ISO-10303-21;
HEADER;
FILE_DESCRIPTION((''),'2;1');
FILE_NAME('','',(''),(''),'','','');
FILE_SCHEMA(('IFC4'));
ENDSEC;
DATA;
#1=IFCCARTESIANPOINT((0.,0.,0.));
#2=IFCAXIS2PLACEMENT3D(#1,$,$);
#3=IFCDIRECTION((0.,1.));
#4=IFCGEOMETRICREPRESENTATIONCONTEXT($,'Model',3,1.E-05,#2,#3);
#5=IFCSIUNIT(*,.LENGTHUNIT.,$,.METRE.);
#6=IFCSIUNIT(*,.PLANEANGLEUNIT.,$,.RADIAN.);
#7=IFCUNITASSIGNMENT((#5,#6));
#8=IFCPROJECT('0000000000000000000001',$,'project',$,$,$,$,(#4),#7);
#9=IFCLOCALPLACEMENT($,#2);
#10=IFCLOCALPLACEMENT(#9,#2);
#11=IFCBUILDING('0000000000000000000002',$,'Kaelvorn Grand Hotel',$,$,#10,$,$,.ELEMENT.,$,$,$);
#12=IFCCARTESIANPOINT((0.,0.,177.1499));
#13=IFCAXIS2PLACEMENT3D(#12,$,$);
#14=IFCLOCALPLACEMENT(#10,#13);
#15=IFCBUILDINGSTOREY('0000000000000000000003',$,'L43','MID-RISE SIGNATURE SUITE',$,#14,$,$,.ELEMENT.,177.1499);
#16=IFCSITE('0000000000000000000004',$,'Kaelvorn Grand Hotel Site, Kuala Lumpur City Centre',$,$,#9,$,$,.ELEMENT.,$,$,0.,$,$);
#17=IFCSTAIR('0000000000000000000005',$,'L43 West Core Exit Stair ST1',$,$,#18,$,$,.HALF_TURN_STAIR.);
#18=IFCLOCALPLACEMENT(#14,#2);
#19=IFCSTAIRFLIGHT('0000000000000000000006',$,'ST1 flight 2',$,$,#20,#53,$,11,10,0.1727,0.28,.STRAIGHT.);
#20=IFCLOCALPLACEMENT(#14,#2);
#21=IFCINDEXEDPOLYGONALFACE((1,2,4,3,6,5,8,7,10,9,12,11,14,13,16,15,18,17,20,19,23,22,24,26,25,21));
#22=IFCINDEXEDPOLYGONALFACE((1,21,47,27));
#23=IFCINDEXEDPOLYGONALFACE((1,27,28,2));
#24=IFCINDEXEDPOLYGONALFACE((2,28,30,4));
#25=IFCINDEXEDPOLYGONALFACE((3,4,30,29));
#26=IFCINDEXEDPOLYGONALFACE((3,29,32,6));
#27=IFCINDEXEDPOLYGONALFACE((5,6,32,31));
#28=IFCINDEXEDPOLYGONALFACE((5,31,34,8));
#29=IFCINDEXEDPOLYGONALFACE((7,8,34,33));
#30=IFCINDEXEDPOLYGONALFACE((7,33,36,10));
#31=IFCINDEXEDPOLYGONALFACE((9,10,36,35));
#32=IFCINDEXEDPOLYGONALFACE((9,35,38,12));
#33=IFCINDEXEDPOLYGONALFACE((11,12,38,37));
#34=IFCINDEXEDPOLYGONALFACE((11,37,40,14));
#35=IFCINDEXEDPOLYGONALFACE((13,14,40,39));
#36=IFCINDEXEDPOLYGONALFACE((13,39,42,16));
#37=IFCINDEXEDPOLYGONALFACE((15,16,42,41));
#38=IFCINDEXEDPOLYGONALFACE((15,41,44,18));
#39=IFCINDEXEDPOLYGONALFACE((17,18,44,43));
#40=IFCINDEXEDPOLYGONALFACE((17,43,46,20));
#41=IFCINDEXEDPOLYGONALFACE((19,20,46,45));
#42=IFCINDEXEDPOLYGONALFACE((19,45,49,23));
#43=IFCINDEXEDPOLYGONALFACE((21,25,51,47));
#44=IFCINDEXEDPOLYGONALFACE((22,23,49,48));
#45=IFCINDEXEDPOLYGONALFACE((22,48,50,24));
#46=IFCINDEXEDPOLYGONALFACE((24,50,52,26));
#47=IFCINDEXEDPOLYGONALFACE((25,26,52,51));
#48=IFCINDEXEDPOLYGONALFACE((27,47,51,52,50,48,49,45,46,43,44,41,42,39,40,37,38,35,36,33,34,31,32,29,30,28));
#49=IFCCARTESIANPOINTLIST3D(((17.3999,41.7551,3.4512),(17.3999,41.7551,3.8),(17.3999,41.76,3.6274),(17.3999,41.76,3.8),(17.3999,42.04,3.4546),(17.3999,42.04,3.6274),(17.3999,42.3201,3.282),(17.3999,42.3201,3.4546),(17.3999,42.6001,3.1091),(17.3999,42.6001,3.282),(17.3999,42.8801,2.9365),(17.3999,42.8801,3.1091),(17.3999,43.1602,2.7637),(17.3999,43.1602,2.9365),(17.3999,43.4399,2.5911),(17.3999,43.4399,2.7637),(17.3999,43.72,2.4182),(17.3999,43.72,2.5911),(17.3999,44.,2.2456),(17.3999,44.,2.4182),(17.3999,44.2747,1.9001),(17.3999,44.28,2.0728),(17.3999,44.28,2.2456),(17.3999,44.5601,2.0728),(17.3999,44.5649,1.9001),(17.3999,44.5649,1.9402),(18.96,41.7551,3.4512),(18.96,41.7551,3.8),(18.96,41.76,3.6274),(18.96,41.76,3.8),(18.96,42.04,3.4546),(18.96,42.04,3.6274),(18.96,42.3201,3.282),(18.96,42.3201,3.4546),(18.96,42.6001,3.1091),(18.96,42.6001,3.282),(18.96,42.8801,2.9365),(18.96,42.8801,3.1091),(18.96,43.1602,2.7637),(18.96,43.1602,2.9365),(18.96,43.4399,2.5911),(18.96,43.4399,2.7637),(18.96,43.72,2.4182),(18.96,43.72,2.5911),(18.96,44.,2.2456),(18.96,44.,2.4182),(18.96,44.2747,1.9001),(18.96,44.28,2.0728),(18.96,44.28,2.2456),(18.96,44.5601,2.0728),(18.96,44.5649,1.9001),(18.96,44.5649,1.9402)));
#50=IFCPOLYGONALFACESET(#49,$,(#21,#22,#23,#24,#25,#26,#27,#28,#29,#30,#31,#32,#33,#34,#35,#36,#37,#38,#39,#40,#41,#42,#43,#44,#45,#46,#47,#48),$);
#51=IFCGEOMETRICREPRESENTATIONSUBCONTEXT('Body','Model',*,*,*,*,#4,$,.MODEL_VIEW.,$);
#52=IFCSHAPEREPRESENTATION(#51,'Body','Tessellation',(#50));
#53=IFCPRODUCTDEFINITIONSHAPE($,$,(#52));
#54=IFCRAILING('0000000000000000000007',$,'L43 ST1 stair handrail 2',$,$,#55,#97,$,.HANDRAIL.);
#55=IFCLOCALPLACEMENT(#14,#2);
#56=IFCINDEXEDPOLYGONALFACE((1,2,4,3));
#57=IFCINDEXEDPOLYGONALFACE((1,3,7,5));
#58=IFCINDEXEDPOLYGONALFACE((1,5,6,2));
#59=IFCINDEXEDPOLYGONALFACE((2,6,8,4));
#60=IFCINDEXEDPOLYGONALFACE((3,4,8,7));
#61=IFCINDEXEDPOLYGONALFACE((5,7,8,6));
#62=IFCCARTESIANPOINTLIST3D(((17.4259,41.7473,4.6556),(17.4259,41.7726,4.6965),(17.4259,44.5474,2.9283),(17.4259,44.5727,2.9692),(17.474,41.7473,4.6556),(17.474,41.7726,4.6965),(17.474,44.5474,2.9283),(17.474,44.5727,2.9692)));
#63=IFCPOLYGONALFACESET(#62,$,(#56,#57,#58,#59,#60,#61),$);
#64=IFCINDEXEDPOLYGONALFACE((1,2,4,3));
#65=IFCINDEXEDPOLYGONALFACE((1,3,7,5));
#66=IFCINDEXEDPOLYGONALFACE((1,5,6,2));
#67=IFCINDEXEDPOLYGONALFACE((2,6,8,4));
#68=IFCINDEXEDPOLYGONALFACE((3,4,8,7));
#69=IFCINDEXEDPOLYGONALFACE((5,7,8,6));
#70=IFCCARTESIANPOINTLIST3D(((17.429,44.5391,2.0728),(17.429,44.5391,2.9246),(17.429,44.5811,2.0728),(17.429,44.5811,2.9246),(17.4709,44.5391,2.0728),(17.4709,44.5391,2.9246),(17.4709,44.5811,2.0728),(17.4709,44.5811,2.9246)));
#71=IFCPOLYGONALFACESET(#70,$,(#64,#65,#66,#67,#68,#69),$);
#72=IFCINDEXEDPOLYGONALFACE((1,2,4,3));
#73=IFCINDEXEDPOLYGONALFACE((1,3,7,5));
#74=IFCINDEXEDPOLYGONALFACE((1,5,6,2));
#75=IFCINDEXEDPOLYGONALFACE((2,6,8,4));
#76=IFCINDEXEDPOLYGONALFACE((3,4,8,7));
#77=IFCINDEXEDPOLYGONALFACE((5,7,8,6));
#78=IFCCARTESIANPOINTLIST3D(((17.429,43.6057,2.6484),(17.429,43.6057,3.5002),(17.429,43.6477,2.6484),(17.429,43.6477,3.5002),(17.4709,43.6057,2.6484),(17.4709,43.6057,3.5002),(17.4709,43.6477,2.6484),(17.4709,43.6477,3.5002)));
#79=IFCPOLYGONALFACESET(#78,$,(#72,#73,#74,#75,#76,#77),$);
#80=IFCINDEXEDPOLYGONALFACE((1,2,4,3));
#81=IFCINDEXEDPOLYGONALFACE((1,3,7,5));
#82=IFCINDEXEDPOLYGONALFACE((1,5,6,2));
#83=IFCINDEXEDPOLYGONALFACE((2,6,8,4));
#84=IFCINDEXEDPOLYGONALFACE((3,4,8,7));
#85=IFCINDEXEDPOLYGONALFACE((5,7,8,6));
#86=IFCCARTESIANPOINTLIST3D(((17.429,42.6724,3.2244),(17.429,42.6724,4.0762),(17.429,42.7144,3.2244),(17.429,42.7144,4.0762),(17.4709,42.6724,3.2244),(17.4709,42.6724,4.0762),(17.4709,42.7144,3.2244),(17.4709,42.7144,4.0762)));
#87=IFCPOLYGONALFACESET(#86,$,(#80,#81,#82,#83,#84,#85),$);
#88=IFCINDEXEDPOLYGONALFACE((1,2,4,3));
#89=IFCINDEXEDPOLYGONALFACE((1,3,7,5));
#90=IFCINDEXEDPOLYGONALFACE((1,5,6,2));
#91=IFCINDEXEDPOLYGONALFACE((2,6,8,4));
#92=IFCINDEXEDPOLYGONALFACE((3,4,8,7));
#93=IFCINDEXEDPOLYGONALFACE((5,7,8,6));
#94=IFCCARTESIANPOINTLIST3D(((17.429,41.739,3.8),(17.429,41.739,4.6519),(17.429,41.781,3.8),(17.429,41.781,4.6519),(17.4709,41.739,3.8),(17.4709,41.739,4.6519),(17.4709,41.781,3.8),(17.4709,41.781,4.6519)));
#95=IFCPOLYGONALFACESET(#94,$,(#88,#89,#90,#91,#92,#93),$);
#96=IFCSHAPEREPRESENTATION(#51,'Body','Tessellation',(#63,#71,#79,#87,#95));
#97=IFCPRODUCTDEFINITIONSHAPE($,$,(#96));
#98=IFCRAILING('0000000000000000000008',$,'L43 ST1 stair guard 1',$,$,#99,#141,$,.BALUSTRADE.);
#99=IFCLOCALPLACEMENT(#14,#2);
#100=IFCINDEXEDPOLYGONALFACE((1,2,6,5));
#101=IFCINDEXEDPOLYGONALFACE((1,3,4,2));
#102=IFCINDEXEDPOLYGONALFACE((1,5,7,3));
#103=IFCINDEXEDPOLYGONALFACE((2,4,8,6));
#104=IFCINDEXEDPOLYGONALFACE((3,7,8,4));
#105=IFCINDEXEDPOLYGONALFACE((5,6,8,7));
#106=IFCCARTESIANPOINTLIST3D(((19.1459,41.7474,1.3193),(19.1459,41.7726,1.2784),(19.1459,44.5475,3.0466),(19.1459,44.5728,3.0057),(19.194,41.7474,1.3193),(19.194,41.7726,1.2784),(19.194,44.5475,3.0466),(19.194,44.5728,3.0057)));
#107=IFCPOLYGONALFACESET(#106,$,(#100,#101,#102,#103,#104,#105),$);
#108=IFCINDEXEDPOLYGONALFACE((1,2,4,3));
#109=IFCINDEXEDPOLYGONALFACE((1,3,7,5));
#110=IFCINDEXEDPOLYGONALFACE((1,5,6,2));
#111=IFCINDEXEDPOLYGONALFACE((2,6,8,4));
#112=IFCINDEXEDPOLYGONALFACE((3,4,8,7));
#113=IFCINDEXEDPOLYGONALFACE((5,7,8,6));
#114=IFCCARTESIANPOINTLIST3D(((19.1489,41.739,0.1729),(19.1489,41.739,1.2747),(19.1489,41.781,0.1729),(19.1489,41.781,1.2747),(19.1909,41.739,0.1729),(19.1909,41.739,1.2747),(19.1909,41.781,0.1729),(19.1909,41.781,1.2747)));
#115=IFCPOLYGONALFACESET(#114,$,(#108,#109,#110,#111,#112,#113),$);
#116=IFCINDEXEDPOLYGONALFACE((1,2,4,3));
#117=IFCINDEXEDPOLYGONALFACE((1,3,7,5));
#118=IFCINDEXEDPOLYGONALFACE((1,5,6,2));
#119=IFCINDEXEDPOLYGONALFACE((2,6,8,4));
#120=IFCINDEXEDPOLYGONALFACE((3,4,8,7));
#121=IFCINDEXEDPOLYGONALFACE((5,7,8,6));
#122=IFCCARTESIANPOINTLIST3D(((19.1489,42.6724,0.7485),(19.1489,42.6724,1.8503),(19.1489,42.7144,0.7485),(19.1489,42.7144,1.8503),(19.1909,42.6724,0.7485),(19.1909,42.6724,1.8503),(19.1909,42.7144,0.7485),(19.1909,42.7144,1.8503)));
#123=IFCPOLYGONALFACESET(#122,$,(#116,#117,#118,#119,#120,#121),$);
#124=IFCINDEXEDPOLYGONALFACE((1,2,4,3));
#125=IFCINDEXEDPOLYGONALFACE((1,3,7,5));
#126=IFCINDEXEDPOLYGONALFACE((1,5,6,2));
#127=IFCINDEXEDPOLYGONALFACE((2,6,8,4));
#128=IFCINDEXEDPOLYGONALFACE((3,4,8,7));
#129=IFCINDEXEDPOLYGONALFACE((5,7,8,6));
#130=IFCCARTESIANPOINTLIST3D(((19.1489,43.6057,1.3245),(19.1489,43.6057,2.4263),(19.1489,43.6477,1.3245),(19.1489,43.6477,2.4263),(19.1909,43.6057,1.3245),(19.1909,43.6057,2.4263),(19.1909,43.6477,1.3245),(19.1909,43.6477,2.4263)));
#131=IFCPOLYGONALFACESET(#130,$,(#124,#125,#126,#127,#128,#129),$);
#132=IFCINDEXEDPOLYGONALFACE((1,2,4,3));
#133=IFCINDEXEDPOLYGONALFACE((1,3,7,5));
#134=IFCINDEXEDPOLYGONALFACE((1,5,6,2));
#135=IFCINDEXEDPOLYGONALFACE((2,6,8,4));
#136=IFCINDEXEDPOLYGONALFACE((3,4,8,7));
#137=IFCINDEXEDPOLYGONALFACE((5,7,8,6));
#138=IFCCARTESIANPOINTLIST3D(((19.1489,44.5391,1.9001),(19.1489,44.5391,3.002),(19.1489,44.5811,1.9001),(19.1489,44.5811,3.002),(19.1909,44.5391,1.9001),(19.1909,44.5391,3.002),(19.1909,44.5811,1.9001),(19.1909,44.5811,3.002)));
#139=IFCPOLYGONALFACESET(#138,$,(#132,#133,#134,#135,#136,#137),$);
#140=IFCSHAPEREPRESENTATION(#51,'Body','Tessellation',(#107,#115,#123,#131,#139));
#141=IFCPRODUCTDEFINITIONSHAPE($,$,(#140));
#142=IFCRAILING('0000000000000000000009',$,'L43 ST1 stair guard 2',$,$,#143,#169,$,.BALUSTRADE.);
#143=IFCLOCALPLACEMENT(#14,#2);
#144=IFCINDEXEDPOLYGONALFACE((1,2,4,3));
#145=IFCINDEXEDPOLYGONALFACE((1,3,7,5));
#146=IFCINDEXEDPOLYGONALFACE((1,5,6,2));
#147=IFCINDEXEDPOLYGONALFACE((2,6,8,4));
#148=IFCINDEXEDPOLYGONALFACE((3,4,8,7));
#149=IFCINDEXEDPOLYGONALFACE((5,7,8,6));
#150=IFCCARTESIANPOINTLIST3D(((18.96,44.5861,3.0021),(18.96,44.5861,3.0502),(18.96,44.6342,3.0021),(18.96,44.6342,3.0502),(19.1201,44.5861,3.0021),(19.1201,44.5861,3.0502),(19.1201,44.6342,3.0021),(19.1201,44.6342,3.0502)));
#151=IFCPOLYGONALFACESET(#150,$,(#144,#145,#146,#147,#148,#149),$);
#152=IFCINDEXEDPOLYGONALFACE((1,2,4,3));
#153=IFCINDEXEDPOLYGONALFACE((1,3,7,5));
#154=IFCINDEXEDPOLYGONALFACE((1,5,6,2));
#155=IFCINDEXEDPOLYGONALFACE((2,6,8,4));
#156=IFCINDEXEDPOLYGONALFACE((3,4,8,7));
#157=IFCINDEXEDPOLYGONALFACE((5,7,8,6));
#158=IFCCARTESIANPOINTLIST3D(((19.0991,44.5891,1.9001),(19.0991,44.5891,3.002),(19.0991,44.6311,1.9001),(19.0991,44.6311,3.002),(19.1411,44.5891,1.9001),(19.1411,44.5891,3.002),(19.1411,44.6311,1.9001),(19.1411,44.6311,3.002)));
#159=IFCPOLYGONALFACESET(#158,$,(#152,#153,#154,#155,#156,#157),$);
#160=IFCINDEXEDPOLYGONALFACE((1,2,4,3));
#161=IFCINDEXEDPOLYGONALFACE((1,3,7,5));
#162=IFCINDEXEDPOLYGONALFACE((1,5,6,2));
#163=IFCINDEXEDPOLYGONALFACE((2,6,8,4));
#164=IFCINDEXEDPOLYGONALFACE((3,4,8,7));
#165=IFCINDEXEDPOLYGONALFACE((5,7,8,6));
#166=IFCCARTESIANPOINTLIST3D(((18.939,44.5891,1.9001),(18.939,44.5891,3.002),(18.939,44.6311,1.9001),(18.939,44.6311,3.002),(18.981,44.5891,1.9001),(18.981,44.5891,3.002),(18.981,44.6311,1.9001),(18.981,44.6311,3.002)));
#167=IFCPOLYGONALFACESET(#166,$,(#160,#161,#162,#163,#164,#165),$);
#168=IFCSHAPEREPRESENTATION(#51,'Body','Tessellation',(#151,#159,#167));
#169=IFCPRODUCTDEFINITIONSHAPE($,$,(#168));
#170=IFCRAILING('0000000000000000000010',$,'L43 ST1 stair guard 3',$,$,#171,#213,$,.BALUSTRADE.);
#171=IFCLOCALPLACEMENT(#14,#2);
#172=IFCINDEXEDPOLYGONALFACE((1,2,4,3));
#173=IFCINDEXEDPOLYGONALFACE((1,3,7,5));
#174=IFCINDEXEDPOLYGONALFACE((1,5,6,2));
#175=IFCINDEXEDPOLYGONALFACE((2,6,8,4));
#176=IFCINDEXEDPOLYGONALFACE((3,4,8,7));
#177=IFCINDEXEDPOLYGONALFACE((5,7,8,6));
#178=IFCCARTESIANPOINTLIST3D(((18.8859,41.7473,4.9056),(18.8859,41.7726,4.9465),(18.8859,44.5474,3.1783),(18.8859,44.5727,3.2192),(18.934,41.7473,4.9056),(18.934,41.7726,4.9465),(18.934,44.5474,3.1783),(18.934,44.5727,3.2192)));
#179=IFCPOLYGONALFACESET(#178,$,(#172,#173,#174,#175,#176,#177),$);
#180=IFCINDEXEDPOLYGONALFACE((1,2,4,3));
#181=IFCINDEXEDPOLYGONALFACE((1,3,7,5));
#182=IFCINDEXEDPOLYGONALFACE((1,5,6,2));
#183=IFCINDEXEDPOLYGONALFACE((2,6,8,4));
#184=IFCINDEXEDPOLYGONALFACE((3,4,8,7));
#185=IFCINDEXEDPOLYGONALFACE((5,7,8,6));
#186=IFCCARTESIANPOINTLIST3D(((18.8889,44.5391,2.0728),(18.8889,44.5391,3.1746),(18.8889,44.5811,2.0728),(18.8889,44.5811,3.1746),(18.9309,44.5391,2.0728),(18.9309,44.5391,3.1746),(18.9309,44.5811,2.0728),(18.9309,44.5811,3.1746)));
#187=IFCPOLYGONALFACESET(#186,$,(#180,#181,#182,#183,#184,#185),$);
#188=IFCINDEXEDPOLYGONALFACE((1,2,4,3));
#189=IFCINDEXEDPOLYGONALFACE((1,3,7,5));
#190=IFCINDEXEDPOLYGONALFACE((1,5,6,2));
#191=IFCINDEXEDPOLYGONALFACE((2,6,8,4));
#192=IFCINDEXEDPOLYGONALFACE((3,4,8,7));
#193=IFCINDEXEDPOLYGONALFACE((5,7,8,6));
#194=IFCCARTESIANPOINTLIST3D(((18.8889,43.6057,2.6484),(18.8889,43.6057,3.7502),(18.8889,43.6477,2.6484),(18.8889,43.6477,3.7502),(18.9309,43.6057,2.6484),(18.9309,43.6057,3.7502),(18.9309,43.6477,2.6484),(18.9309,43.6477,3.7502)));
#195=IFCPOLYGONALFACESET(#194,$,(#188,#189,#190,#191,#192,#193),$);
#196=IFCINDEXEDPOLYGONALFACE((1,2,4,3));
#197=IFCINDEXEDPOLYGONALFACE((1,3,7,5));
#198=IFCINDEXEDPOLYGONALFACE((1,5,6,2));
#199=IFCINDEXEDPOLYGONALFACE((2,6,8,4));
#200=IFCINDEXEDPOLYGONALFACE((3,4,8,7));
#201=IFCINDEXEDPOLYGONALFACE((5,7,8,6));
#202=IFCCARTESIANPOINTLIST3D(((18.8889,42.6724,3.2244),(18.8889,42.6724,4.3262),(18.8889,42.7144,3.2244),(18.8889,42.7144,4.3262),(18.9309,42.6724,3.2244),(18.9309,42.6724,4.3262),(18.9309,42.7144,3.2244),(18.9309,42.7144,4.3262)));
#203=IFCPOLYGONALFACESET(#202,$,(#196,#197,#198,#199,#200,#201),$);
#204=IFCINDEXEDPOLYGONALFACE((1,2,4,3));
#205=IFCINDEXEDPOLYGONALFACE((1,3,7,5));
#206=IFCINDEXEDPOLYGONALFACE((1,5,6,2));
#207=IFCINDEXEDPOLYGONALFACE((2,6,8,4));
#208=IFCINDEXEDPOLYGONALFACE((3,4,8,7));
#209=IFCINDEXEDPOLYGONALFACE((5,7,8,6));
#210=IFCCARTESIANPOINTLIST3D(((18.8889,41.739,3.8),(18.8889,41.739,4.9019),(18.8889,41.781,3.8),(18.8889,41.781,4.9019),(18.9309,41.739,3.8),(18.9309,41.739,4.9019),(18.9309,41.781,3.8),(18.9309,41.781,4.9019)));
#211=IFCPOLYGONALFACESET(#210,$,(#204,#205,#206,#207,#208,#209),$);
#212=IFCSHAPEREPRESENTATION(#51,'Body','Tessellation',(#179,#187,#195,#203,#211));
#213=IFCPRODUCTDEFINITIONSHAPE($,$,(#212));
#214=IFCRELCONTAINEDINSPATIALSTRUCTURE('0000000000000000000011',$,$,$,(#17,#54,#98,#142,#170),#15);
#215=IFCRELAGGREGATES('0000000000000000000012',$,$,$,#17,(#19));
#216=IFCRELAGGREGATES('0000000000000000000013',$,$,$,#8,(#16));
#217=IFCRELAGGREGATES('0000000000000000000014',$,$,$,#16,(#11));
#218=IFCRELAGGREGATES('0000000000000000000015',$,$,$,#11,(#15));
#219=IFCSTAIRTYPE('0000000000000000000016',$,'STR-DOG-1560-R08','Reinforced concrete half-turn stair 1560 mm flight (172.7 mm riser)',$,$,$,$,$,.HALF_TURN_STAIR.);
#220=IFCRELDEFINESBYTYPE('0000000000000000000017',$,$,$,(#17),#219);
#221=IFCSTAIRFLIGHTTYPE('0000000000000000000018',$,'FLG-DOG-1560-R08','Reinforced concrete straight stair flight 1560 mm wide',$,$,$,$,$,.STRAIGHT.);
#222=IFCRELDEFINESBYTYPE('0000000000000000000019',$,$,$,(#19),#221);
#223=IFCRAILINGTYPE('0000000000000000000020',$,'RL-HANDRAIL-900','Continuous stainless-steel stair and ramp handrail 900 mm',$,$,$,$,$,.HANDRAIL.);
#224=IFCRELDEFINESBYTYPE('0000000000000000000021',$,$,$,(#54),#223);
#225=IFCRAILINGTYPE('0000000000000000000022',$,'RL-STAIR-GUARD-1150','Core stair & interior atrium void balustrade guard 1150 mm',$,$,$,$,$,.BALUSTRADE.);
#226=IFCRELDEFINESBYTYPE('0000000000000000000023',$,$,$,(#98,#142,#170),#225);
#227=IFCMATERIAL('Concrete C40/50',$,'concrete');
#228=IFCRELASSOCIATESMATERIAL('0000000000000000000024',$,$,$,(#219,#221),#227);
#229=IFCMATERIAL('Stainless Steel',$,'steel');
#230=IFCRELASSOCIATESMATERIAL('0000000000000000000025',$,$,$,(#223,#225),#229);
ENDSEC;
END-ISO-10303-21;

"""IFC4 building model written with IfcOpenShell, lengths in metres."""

from ifc_helpers import new_model, si_unit, direction, frame, origin, origin_2d, place, context, subcontext, project, spatial, polyline, rectangle, outline, extrude, material, type_object, element, aggregate, save


model = new_model("IFC4")

# Units and contexts
model_context = context("Model", 3, precision=1e-05, world=origin(), true_north=direction((0.0, 1.0)))
body_context = subcontext(model_context, "Body", "Model", "MODEL_VIEW")
ifc_project = project(units=[si_unit("LENGTHUNIT", "METRE"), si_unit("PLANEANGLEUNIT", "RADIAN")], contexts=[model_context])

# Site, building, storey
site_placement = place(None, origin())
site = spatial("IfcSite", under=ifc_project, at=site_placement, Name="Kaelvorn Grand Hotel Site, Kuala Lumpur City Centre", CompositionType="ELEMENT", RefElevation=0.0)
building_placement = place(site_placement, origin())
building = spatial("IfcBuilding", under=site, at=building_placement, Name="Kaelvorn Grand Hotel", CompositionType="ELEMENT")
storey_placement = place(building_placement, frame((0.0, 0.0, 177.1499)))
storey = spatial("IfcBuildingStorey", under=building, at=storey_placement, Name="L43", Description="MID-RISE SIGNATURE SUITE", CompositionType="ELEMENT", Elevation=177.1499)

# Shared definitions
ifc_material_1 = material(Name="Concrete C40/50", Category="concrete")

# Stair, stair flight
stair_type = type_object("IfcStairType", Name="STR-DOG-1560-R08", Description="Reinforced concrete half-turn stair 1560 mm flight (172.7 mm riser)", PredefinedType="HALF_TURN_STAIR", material=ifc_material_1)
stair_placement = place(storey_placement, origin())
stair = element("IfcStair", 1, at=stair_placement, inside=storey, type_object=stair_type, Name="L43 West Core Exit Stair ST1", PredefinedType="HALF_TURN_STAIR")
stair_flight_type = type_object("IfcStairFlightType", Name="FLG-DOG-1560-R08", Description="Reinforced concrete straight stair flight 1560 mm wide", PredefinedType="STRAIGHT", material=ifc_material_1)
stair_flight_placement = place(storey_placement, frame((18.1799, 44.5601, 1.9001), z_axis=(0.0, 0.0, 1.0), x_axis=(0.0, -1.0, 0.0)))
stair_flight = element("IfcStairFlight", 2, at=stair_flight_placement, type_object=stair_flight_type, Name="ST1 flight 2", NumberOfRisers=11, NumberOfTreads=10, PredefinedType="STRAIGHT", RiserHeight=0.1727, TreadLength=0.28, context=body_context, shape_type="SweptSolid", body=[
    extrude(outline(polyline([(-0.0049, 0.0), (-0.0049, 0.04), (0.0, 0.1726), (0.28, 0.1726), (0.28, 0.3455), (0.5601, 0.3455), (0.5601, 0.5181), (0.8401, 0.5181), (0.8401, 0.6909), (1.1201, 0.6909), (1.1201, 0.8635), (1.3999, 0.8635), (1.3999, 1.0364), (1.6799, 1.0364), (1.6799, 1.209), (1.96, 1.209), (1.96, 1.3818), (2.24, 1.3818), (2.24, 1.5544), (2.52, 1.5544), (2.52, 1.7273), (2.8, 1.7273), (2.8, 1.8999), (2.8049, 1.8999), (2.8049, 1.551), (0.2854, 0.0), (-0.0049, 0.0)])), frame((0.0, 0.78, 0.0), z_axis=(0.0, -1.0, 0.0), x_axis=(1.0, 0.0, 0.0)), (0.0, 0.0, 1.0), 1.5601),
])
aggregate(stair, [stair_flight])

# Railings
ifc_material_2 = material(Name="Stainless Steel", Category="steel")
railing_type_1 = type_object("IfcRailingType", Name="RL-HANDRAIL-900", Description="Continuous stainless-steel stair and ramp handrail 900 mm", PredefinedType="HANDRAIL", material=ifc_material_2)
railing_1_placement = place(storey_placement, frame((17.45, 44.5601, 2.0728)))
element("IfcRailing", 3, at=railing_1_placement, inside=storey, type_object=railing_type_1, Name="L43 ST1 stair handrail 2", PredefinedType="HANDRAIL", context=body_context, shape_type="SweptSolid", body=[
    extrude(rectangle(XDim=0.0481, YDim=0.0481, at=origin_2d()), frame((0.0, 0.0, 0.876), z_axis=(0.0, -0.85109, 0.52502), x_axis=(1.0, 0.0, 0.0)), (0.0, 0.0, 1.0), 3.29),
    extrude(rectangle(XDim=0.042, YDim=0.042, at=origin_2d()), origin(), (0.0, 0.0, 1.0), 0.8518),
    extrude(rectangle(XDim=0.042, YDim=0.042, at=origin_2d()), frame((0.0, -0.9333, 0.5757)), (0.0, 0.0, 1.0), 0.8518),
    extrude(rectangle(XDim=0.042, YDim=0.042, at=origin_2d()), frame((0.0, -1.8667, 1.1516)), (0.0, 0.0, 1.0), 0.8518),
    extrude(rectangle(XDim=0.042, YDim=0.042, at=origin_2d()), frame((0.0, -2.8, 1.7273)), (0.0, 0.0, 1.0), 0.8518),
])
railing_type_2 = type_object("IfcRailingType", Name="RL-STAIR-GUARD-1150", Description="Core stair & interior atrium void balustrade guard 1150 mm", PredefinedType="BALUSTRADE", material=ifc_material_2)
railing_2_placement = place(storey_placement, frame((19.1699, 41.76, 0.1729)))
element("IfcRailing", 4, at=railing_2_placement, inside=storey, type_object=railing_type_2, Name="L43 ST1 stair guard 1", PredefinedType="BALUSTRADE", context=body_context, shape_type="SweptSolid", body=[
    extrude(rectangle(XDim=0.0481, YDim=0.0481, at=origin_2d()), frame((0.0, 0.0, 1.126), z_axis=(0.0, 0.85109, 0.52502), x_axis=(-1.0, 0.0, 0.0)), (0.0, 0.0, 1.0), 3.29),
    extrude(rectangle(XDim=0.042, YDim=0.042, at=origin_2d()), origin(), (0.0, 0.0, 1.0), 1.1018),
    extrude(rectangle(XDim=0.042, YDim=0.042, at=origin_2d()), frame((0.0, 0.9333, 0.5757)), (0.0, 0.0, 1.0), 1.1018),
    extrude(rectangle(XDim=0.042, YDim=0.042, at=origin_2d()), frame((0.0, 1.8667, 1.1516)), (0.0, 0.0, 1.0), 1.1018),
    extrude(rectangle(XDim=0.042, YDim=0.042, at=origin_2d()), frame((0.0, 2.8, 1.7273)), (0.0, 0.0, 1.0), 1.1018),
])
railing_3_placement = place(storey_placement, frame((19.1201, 44.6101, 1.9001)))
element("IfcRailing", 5, at=railing_3_placement, inside=storey, type_object=railing_type_2, Name="L43 ST1 stair guard 2", PredefinedType="BALUSTRADE", context=body_context, shape_type="SweptSolid", body=[
    extrude(rectangle(XDim=0.0481, YDim=0.0481, at=origin_2d()), frame((0.0, 0.0, 1.126), z_axis=(-1.0, 0.0, 0.0), x_axis=(0.0, -1.0, 0.0)), (0.0, 0.0, 1.0), 0.1602),
    extrude(rectangle(XDim=0.042, YDim=0.042, at=origin_2d()), origin(), (0.0, 0.0, 1.0), 1.1018),
    extrude(rectangle(XDim=0.042, YDim=0.042, at=origin_2d()), frame((-0.1602, 0.0, 0.0)), (0.0, 0.0, 1.0), 1.1018),
])
railing_4_placement = place(storey_placement, frame((18.9099, 44.5601, 2.0728)))
element("IfcRailing", 6, at=railing_4_placement, inside=storey, type_object=railing_type_2, Name="L43 ST1 stair guard 3", PredefinedType="BALUSTRADE", context=body_context, shape_type="SweptSolid", body=[
    extrude(rectangle(XDim=0.0481, YDim=0.0481, at=origin_2d()), frame((0.0, 0.0, 1.126), z_axis=(0.0, -0.85109, 0.52502), x_axis=(1.0, 0.0, 0.0)), (0.0, 0.0, 1.0), 3.29),
    extrude(rectangle(XDim=0.042, YDim=0.042, at=origin_2d()), origin(), (0.0, 0.0, 1.0), 1.1018),
    extrude(rectangle(XDim=0.042, YDim=0.042, at=origin_2d()), frame((0.0, -0.9333, 0.5757)), (0.0, 0.0, 1.0), 1.1018),
    extrude(rectangle(XDim=0.042, YDim=0.042, at=origin_2d()), frame((0.0, -1.8667, 1.1516)), (0.0, 0.0, 1.0), 1.1018),
    extrude(rectangle(XDim=0.042, YDim=0.042, at=origin_2d()), frame((0.0, -2.8, 1.7273)), (0.0, 0.0, 1.0), 1.1018),
])

save(model, "model.ifc")
